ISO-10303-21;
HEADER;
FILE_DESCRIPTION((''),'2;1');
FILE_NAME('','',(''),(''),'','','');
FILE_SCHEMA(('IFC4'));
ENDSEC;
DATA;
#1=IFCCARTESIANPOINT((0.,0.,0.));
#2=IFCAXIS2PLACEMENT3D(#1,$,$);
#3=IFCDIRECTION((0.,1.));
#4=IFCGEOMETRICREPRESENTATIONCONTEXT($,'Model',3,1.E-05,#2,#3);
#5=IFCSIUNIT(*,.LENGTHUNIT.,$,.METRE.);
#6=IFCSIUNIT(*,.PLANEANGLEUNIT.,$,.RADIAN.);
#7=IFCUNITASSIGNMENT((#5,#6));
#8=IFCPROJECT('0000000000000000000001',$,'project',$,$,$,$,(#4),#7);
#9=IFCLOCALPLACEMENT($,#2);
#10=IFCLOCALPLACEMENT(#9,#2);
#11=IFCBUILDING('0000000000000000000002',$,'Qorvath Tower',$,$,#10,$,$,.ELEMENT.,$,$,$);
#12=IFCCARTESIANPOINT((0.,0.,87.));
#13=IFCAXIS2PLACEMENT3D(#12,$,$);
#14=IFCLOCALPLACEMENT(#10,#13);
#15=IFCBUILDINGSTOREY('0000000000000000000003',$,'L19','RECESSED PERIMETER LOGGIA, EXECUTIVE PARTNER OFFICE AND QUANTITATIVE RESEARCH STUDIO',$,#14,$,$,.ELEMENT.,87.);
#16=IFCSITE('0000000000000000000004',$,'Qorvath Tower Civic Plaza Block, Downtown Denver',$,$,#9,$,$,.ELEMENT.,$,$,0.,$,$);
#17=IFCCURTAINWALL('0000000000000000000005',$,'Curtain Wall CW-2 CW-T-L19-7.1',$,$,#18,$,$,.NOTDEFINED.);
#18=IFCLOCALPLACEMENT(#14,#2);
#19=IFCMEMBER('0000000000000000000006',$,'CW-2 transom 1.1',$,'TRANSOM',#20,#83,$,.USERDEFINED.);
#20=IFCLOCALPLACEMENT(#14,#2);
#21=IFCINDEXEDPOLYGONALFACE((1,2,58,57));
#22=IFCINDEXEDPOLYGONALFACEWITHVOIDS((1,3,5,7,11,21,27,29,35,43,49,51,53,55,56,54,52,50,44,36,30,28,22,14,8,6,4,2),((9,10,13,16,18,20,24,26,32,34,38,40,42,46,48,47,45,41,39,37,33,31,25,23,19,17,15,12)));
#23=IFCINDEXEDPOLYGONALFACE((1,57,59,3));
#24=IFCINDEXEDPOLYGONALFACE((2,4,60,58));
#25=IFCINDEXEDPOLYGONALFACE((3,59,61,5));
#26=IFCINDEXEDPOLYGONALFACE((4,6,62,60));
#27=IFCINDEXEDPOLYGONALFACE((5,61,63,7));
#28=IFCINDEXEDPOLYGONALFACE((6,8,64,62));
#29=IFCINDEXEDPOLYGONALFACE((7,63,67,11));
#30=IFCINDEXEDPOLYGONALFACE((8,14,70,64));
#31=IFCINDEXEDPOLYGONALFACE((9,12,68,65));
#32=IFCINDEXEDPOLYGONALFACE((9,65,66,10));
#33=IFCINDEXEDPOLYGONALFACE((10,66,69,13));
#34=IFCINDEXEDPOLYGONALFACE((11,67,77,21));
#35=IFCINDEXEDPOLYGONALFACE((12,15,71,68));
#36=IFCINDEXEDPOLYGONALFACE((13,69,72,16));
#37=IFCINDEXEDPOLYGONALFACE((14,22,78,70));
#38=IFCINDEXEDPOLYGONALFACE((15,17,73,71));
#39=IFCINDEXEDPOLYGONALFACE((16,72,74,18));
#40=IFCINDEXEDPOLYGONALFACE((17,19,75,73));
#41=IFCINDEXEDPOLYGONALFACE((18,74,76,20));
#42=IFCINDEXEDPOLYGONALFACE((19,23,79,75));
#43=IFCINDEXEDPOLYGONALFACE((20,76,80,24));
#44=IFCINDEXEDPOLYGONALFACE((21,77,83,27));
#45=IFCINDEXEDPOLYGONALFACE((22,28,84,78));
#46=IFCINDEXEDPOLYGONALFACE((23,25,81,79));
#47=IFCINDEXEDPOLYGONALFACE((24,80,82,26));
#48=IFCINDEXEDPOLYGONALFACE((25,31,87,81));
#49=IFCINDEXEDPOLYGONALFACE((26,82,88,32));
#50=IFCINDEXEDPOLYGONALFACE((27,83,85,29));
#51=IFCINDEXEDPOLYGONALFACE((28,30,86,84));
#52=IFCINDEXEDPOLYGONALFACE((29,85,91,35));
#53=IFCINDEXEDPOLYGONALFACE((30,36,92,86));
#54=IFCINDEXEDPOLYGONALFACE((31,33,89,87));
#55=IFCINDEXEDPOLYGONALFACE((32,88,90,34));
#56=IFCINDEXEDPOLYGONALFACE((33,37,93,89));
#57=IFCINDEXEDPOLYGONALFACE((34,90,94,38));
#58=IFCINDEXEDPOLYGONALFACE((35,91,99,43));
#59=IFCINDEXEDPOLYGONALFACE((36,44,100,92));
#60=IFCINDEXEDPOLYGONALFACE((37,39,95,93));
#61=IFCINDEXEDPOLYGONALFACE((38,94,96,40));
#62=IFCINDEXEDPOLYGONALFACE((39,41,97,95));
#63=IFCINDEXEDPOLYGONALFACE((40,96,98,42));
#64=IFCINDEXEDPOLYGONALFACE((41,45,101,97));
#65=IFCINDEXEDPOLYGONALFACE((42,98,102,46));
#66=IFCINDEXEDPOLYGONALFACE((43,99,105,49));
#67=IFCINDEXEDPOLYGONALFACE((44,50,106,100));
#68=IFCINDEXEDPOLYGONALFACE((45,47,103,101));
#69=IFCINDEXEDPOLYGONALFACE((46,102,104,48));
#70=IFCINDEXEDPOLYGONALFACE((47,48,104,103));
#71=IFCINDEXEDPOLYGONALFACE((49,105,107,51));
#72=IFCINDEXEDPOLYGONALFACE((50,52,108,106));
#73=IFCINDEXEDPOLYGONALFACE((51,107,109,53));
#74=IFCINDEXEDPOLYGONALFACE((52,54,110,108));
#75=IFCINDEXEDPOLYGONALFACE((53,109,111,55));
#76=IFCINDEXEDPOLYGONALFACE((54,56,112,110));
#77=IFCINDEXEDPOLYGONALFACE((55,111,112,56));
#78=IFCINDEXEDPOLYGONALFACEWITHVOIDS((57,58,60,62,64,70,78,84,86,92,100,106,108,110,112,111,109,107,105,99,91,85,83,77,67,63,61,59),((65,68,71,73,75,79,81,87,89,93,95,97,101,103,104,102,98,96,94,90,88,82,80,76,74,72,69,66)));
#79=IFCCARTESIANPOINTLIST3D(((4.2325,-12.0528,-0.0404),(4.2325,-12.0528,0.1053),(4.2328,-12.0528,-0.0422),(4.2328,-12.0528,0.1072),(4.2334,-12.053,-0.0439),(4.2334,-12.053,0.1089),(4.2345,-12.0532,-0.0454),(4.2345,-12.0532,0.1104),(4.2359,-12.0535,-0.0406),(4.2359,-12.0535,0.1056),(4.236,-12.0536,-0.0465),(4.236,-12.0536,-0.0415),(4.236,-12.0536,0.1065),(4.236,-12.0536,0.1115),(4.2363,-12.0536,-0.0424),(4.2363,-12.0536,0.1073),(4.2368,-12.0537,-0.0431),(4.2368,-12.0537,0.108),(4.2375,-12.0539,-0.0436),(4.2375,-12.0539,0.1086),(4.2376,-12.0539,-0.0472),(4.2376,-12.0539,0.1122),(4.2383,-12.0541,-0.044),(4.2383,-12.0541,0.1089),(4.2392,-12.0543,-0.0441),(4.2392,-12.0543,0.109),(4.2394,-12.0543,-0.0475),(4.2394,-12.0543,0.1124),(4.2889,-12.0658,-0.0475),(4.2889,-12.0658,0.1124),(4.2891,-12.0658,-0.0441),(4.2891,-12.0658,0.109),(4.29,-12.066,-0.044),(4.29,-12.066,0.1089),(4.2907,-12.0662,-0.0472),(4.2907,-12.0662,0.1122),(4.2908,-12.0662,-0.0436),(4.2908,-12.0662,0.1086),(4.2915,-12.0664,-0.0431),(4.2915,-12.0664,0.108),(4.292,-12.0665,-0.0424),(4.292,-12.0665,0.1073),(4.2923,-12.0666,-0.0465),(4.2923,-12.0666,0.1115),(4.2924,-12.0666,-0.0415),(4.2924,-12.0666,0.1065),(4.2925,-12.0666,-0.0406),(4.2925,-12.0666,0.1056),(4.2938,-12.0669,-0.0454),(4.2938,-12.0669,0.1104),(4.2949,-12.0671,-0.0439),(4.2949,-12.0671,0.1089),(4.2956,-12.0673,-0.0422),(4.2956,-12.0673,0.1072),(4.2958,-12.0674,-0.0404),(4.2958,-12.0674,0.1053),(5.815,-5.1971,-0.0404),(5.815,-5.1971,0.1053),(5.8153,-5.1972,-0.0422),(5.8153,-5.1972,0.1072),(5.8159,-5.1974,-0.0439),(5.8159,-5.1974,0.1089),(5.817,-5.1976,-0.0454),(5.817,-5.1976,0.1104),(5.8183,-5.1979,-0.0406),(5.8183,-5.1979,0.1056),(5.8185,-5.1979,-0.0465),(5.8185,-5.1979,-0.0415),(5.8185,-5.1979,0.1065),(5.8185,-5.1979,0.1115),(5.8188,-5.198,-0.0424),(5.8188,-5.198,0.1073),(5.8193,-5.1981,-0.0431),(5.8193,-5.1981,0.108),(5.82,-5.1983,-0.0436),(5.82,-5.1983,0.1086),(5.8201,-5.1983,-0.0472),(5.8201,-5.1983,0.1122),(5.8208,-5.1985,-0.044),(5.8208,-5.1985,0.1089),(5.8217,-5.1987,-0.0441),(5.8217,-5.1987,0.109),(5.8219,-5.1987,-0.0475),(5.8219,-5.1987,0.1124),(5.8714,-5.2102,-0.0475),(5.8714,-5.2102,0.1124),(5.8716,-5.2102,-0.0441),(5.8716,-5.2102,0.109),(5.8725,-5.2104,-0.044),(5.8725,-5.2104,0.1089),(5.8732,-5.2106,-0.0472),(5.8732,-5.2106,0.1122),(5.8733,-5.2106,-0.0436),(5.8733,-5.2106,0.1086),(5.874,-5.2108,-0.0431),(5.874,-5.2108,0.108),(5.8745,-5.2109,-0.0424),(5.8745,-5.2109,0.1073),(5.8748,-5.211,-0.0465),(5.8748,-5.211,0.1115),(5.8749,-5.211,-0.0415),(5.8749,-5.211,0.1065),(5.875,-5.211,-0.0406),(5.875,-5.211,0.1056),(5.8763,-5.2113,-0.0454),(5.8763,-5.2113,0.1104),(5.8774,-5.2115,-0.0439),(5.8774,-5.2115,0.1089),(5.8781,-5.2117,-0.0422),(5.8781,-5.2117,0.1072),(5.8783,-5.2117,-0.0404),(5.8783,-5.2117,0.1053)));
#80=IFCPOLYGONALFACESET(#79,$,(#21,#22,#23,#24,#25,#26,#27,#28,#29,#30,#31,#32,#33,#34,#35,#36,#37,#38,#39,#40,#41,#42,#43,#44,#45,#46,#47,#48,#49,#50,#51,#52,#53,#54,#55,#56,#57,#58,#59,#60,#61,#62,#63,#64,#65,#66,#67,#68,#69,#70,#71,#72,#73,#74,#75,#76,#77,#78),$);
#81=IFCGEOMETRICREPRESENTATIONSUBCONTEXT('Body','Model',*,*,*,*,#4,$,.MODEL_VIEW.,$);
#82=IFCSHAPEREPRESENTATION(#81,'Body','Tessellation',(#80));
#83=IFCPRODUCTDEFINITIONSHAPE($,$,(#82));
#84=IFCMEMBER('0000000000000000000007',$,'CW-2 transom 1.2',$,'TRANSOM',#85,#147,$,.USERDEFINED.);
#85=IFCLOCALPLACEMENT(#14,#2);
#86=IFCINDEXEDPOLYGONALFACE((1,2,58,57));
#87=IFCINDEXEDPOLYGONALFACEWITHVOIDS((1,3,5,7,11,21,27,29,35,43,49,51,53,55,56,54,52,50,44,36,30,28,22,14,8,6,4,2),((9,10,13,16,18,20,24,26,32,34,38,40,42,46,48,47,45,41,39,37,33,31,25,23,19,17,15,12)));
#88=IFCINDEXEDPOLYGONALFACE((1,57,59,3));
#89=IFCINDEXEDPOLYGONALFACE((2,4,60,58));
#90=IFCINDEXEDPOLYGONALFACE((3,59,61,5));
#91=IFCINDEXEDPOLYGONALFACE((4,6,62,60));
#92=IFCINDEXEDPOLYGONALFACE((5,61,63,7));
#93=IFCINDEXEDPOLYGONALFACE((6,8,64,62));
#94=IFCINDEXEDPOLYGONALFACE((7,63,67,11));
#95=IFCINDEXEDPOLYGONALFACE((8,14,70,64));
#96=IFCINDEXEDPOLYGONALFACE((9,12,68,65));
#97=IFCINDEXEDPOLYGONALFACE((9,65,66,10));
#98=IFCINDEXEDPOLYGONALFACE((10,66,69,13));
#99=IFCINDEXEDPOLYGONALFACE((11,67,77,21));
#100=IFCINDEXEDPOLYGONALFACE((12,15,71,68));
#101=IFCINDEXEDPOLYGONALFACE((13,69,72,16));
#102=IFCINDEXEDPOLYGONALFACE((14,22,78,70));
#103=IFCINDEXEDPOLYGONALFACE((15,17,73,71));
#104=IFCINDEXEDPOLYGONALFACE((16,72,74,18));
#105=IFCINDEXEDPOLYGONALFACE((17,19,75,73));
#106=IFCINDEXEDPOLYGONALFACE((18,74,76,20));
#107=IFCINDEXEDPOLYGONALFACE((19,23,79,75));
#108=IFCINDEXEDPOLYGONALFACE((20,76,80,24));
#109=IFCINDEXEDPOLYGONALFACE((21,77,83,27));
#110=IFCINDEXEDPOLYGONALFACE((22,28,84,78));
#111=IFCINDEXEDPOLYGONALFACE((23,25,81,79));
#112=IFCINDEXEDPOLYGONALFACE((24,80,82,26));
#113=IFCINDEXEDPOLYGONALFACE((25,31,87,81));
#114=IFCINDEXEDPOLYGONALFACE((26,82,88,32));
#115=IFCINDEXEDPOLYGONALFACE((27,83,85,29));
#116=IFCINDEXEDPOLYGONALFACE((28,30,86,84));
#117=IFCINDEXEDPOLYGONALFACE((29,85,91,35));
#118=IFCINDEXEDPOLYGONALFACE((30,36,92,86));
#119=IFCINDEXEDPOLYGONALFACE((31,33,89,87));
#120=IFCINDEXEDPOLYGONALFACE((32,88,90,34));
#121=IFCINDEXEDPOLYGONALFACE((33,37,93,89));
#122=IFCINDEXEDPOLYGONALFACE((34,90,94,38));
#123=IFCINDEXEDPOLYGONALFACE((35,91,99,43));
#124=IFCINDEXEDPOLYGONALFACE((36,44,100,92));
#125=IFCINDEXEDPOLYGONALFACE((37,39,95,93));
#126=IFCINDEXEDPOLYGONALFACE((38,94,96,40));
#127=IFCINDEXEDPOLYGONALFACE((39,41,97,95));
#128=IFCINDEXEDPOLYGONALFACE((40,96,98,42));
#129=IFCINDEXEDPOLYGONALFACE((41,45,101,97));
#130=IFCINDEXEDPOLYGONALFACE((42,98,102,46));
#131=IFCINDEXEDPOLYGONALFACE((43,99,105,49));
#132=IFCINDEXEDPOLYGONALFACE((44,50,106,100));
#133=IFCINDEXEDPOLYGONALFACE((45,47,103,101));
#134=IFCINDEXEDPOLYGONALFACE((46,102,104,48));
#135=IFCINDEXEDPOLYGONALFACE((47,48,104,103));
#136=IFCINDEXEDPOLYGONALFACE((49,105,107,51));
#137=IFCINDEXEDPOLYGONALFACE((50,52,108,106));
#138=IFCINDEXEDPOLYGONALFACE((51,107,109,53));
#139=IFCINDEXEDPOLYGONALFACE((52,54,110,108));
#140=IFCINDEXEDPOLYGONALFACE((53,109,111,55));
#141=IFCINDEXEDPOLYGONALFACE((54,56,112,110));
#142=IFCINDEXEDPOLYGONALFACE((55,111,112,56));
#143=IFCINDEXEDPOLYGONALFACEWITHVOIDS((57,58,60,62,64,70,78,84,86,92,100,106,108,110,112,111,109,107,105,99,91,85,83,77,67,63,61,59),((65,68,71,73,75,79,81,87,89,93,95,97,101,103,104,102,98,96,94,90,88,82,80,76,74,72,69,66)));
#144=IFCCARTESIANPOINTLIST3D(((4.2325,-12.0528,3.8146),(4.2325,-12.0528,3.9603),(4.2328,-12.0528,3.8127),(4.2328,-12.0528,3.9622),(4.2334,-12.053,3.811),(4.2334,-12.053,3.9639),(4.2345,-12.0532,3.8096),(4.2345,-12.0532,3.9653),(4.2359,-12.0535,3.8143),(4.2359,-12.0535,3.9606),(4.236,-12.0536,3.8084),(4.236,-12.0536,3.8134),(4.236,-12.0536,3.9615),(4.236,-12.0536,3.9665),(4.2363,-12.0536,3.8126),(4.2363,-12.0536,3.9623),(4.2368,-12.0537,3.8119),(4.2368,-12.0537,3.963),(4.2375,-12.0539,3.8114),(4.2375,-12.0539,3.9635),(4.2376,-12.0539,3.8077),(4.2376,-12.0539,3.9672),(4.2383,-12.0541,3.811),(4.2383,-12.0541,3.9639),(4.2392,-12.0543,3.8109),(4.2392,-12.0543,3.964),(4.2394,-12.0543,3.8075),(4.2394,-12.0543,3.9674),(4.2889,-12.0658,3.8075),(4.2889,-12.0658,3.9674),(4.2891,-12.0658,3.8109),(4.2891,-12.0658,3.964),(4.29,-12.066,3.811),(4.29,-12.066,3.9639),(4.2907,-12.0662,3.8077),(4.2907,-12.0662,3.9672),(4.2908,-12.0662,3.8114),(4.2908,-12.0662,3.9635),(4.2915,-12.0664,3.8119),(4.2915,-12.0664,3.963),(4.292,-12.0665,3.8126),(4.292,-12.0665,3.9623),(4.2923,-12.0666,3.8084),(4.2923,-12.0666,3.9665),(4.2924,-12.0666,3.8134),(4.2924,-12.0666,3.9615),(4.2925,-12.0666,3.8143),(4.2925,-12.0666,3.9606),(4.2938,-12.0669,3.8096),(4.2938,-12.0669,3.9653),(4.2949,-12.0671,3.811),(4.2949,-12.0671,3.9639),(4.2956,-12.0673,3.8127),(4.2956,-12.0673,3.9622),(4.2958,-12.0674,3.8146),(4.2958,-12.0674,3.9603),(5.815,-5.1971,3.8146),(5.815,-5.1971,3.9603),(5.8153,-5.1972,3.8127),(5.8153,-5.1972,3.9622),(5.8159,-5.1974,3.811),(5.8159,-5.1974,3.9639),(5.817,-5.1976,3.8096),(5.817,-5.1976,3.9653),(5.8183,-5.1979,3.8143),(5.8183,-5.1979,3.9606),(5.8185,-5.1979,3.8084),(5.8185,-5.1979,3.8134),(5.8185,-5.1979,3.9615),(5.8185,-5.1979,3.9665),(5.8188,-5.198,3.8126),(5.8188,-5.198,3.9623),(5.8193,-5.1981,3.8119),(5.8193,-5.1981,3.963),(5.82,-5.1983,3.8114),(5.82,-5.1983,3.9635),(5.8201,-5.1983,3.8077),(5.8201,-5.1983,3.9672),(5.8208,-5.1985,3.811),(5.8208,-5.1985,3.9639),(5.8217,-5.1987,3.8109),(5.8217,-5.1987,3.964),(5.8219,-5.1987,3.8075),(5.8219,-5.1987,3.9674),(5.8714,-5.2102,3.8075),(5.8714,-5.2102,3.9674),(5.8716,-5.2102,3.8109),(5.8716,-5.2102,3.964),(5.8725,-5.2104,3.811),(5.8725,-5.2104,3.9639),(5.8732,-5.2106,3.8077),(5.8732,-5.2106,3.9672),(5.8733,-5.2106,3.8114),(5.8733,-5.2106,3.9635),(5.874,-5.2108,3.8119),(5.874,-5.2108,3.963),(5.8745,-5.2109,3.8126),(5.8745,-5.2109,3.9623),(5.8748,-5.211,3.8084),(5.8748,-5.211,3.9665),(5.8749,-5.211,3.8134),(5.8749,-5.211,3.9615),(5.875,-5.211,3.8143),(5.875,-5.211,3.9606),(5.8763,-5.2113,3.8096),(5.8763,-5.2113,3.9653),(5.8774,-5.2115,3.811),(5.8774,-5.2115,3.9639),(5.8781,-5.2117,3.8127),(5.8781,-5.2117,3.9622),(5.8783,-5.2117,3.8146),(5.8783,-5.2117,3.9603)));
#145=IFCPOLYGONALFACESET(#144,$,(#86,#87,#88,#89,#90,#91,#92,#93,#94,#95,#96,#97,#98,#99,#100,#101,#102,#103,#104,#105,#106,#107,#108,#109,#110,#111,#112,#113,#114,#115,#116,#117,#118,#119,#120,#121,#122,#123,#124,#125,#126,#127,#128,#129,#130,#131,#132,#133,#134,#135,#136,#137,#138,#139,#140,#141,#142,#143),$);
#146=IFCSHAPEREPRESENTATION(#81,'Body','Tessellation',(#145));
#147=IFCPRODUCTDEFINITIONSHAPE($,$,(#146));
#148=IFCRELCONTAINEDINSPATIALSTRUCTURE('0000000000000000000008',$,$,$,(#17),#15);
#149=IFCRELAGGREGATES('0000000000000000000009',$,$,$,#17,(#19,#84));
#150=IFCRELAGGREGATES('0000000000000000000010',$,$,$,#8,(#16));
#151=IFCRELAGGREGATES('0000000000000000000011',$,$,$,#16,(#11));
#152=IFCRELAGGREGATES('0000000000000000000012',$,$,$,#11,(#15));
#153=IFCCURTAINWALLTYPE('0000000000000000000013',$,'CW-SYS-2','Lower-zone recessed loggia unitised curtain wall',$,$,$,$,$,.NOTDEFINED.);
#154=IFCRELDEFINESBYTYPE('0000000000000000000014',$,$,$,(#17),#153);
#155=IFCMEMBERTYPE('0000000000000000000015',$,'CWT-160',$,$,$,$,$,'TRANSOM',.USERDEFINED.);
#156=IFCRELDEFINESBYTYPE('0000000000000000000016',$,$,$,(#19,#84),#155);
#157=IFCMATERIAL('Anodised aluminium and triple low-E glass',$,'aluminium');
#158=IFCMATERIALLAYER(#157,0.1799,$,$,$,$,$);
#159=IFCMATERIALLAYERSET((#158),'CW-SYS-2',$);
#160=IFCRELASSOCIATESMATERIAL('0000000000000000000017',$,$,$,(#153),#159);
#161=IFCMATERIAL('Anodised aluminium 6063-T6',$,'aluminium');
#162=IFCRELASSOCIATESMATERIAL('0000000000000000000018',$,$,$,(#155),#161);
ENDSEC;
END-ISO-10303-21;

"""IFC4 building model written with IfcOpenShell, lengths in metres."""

from ifc_helpers import new_model, si_unit, direction, frame, origin, origin_2d, place, context, subcontext, project, spatial, hollow_rectangle, extrude, material, layer, layer_set, material_profile, profile_set, type_object, element, aggregate, save


model = new_model("IFC4")

# Units and contexts
model_context = context("Model", 3, precision=1e-05, world=origin(), true_north=direction((0.0, 1.0)))
body_context = subcontext(model_context, "Body", "Model", "MODEL_VIEW")
ifc_project = project(units=[si_unit("LENGTHUNIT", "METRE"), si_unit("PLANEANGLEUNIT", "RADIAN")], contexts=[model_context])

# Site, building, storey
site_placement = place(None, origin())
site = spatial("IfcSite", under=ifc_project, at=site_placement, Name="Qorvath Tower Civic Plaza Block, Downtown Denver", CompositionType="ELEMENT", RefElevation=0.0)
building_placement = place(site_placement, origin())
building = spatial("IfcBuilding", under=site, at=building_placement, Name="Qorvath Tower", CompositionType="ELEMENT")
storey_placement = place(building_placement, frame((0.0, 0.0, 87.0)))
storey = spatial("IfcBuildingStorey", under=building, at=storey_placement, Name="L19", Description="RECESSED PERIMETER LOGGIA, EXECUTIVE PARTNER OFFICE AND QUANTITATIVE RESEARCH STUDIO", CompositionType="ELEMENT", Elevation=87.0)

# Shared definitions
ifc_material_1 = material(Name="Anodised aluminium and triple low-E glass", Category="aluminium")
ifc_layer_1 = layer(ifc_material_1, 0.1799)
ifc_layer_set_1 = layer_set([ifc_layer_1], Name="CW-SYS-2")
curtain_wall_type = type_object("IfcCurtainWallType", Name="CW-SYS-2", Description="Lower-zone recessed loggia unitised curtain wall", PredefinedType="NOTDEFINED", material=ifc_layer_set_1)

# Curtain wall
curtain_wall_1_placement = place(storey_placement, origin())
curtain_wall_1 = element("IfcCurtainWall", 1, at=curtain_wall_1_placement, inside=storey, type_object=curtain_wall_type, Name="Curtain Wall CW-2 CW-T-L19-7.1", PredefinedType="NOTDEFINED")

# Members
ifc_material_2 = material(Name="Anodised aluminium 6063-T6", Category="aluminium")
ifc_material_profile_1 = material_profile(ifc_material_2, hollow_rectangle(XDim=0.0649, YDim=0.1599, WallThickness=0.0034, InnerFilletRadius=0.0034, OuterFilletRadius=0.0071, at=origin_2d()), Name="CWT 160x65")
ifc_profile_set_1 = profile_set([ifc_material_profile_1], Name="Anodised aluminium 6063-T6")
member_type_1 = type_object("IfcMemberType", Name="CWT-160", ElementType="TRANSOM", PredefinedType="USERDEFINED", material=ifc_profile_set_1)
member_1_placement = place(storey_placement, frame((4.2642, -12.0601, 0.0325), z_axis=(0.224918, 0.974378, 0.0), x_axis=(-0.974378, 0.224918, 0.0)))
member_1 = element("IfcMember", 2, at=member_1_placement, type_object=member_type_1, Name="CW-2 transom 1.1", ObjectType="TRANSOM", PredefinedType="USERDEFINED", context=body_context, shape_type="SweptSolid", body=[
    extrude(hollow_rectangle(XDim=0.0649, YDim=0.1599, WallThickness=0.0034, InnerFilletRadius=0.0034, OuterFilletRadius=0.0071, at=origin_2d()), origin(), (0.0, 0.0, 1.0), 7.0359),
])
member_2_placement = place(storey_placement, frame((4.2642, -12.0601, 3.8875), z_axis=(0.224918, 0.974378, 0.0), x_axis=(-0.974378, 0.224918, 0.0)))
member_2 = element("IfcMember", 3, at=member_2_placement, type_object=member_type_1, Name="CW-2 transom 1.2", ObjectType="TRANSOM", PredefinedType="USERDEFINED", context=body_context, shape_type="SweptSolid", body=[
    extrude(hollow_rectangle(XDim=0.0649, YDim=0.1599, WallThickness=0.0034, InnerFilletRadius=0.0034, OuterFilletRadius=0.0071, at=origin_2d()), origin(), (0.0, 0.0, 1.0), 7.0359),
])

aggregate(curtain_wall_1, [member_1, member_2])

save(model, "model.ifc")
